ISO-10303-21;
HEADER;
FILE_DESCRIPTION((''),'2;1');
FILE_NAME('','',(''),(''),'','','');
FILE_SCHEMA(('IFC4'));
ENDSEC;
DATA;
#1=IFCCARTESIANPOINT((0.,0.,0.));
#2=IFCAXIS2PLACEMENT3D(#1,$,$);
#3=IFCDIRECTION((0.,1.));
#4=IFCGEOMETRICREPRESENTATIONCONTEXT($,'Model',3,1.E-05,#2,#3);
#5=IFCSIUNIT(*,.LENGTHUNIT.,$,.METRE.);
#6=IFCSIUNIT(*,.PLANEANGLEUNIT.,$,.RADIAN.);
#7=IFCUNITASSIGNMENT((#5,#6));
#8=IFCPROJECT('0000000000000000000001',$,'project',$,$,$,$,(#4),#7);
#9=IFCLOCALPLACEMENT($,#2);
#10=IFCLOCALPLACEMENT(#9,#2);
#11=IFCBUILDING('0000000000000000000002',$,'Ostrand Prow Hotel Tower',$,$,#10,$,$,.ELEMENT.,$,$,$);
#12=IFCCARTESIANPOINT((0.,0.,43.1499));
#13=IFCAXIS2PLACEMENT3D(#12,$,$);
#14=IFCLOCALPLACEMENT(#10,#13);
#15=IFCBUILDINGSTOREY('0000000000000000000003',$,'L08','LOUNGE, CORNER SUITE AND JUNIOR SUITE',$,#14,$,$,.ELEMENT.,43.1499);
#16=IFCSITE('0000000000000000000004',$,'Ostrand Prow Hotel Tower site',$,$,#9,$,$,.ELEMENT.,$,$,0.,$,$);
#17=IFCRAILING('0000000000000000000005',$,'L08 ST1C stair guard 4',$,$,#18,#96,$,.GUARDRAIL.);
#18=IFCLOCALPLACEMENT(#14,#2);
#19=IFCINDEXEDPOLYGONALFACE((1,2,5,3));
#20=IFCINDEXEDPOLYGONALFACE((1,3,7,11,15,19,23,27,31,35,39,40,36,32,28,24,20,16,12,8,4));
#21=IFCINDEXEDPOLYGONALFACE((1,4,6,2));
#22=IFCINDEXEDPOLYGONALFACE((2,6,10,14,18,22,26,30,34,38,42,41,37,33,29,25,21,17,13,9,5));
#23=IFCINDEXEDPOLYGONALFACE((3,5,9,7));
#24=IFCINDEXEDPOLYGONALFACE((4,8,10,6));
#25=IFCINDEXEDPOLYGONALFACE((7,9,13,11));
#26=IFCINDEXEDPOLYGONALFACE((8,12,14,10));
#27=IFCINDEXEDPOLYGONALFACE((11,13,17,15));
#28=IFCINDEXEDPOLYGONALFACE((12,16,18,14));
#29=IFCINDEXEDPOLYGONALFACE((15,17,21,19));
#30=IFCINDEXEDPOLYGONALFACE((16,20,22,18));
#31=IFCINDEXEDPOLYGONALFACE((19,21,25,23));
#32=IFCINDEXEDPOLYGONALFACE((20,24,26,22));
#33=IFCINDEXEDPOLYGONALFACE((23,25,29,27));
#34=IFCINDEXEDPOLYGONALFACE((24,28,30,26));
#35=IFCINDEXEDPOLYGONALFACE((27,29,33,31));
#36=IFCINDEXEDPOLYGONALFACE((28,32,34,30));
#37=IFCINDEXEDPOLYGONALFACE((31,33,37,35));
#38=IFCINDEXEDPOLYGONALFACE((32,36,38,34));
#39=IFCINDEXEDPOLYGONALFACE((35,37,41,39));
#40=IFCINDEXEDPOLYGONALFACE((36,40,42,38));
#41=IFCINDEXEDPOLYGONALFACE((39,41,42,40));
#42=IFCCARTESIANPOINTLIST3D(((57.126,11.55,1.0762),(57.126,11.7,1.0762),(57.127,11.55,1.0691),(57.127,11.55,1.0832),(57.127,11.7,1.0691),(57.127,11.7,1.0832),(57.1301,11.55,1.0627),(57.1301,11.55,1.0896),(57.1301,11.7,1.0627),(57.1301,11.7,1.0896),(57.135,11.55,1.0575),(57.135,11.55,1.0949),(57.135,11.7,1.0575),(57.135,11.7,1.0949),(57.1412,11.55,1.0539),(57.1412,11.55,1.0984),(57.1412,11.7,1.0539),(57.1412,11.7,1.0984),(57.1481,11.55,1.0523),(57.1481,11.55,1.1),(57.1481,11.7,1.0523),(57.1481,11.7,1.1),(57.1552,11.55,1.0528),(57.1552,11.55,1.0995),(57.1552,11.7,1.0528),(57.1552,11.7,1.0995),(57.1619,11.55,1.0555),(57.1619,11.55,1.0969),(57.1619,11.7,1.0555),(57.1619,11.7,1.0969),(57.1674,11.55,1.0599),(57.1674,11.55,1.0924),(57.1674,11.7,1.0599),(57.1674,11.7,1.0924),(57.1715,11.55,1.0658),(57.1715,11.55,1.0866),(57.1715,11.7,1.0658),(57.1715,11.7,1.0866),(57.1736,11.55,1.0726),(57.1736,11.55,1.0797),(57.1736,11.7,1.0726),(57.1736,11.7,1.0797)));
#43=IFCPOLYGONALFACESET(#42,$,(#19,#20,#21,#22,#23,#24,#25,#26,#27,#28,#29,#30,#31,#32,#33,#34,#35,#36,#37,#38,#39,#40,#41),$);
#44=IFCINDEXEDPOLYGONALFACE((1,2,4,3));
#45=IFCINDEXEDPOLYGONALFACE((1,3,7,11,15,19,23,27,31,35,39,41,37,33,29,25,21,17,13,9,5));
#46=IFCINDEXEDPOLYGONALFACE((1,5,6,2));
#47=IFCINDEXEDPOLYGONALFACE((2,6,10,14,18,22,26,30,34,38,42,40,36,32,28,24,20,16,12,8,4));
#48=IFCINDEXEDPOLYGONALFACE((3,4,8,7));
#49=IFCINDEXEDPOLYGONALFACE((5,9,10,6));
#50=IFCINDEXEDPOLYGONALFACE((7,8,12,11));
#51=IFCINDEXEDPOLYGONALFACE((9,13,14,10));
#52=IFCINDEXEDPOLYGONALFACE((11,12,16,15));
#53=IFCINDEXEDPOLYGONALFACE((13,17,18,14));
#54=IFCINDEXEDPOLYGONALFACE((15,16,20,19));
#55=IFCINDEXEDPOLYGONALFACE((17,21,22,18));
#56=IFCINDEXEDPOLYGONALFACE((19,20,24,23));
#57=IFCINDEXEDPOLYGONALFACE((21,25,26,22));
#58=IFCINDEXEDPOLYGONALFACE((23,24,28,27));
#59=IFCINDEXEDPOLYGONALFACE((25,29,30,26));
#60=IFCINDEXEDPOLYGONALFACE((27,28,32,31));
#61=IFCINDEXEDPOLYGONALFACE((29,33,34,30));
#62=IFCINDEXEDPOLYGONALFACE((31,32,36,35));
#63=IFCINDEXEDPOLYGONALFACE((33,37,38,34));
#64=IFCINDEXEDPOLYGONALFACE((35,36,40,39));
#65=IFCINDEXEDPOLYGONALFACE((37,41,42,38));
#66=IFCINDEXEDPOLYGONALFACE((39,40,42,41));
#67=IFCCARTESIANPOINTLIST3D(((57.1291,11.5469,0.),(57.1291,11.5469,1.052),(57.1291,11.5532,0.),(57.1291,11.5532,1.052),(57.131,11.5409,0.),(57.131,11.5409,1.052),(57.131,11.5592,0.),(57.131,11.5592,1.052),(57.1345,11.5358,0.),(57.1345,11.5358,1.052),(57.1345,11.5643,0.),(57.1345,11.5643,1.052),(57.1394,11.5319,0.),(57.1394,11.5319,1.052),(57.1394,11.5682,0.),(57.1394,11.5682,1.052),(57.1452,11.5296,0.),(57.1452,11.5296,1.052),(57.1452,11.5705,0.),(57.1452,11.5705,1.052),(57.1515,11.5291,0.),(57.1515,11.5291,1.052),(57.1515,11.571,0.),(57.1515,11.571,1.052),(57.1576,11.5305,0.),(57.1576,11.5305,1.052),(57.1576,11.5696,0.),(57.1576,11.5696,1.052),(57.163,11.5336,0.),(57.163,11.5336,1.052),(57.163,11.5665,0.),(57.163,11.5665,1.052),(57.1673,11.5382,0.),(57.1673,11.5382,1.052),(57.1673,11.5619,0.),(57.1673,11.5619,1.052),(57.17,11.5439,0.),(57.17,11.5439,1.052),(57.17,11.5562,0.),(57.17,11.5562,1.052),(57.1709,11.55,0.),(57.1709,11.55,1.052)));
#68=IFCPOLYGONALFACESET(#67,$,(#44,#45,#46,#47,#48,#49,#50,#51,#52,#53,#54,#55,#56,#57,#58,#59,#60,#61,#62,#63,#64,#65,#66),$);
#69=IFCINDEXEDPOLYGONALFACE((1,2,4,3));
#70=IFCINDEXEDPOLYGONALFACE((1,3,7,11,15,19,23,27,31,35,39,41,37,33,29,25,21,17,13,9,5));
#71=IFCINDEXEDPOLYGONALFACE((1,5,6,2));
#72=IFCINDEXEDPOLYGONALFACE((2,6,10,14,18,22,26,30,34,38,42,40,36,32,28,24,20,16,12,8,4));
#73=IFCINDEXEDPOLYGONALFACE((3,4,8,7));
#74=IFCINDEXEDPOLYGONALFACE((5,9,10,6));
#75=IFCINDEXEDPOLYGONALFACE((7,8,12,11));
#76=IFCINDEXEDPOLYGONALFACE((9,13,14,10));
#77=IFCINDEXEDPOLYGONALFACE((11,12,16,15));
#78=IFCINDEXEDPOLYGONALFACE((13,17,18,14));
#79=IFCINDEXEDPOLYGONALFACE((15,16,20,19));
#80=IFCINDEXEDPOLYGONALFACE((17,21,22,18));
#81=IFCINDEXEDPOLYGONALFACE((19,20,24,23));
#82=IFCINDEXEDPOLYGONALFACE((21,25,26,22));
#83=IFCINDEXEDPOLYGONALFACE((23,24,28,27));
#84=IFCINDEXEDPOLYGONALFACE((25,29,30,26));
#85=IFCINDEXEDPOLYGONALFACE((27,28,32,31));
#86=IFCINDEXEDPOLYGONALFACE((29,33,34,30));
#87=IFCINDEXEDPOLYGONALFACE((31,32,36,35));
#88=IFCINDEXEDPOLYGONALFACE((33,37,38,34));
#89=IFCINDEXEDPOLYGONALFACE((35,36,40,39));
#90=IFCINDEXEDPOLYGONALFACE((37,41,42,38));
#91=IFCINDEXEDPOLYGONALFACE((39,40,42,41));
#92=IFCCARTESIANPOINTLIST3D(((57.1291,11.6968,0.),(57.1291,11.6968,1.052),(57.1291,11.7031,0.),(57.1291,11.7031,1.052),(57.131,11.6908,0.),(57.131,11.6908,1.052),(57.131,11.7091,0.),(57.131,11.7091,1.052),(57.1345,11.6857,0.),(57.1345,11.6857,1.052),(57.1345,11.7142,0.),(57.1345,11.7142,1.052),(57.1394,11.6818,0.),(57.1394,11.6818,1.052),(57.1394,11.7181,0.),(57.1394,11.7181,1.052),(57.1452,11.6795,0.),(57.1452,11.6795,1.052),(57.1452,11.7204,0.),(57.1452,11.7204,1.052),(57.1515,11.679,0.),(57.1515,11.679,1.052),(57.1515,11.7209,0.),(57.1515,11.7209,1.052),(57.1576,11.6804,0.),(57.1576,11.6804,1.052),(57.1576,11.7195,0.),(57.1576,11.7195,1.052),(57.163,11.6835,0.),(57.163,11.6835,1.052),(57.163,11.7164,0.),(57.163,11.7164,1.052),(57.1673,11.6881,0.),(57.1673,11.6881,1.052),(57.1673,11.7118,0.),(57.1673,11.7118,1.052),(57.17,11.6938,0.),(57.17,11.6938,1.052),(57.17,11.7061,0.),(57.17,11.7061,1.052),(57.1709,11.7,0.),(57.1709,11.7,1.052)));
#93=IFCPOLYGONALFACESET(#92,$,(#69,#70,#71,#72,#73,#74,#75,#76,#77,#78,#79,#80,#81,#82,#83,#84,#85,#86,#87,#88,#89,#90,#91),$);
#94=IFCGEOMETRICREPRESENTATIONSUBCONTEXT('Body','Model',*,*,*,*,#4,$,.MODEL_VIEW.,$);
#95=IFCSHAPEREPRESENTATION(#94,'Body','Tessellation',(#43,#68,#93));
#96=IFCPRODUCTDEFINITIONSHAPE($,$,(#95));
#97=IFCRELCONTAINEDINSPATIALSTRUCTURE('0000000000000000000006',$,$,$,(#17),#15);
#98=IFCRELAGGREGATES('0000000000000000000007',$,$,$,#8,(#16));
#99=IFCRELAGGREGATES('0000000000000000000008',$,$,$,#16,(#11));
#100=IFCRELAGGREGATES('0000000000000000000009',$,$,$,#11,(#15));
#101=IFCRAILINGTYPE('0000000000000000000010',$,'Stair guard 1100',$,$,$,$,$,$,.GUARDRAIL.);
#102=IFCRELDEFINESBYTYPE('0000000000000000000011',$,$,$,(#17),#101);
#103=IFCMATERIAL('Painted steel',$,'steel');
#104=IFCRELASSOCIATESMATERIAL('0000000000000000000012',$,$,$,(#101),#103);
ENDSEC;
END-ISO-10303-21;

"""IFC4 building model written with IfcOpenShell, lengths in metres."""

from ifc_helpers import new_model, si_unit, direction, frame, origin, origin_2d, place, context, subcontext, project, spatial, circle, extrude, material, type_object, element, save


model = new_model("IFC4")

# Units and contexts
model_context = context("Model", 3, precision=1e-05, world=origin(), true_north=direction((0.0, 1.0)))
body_context = subcontext(model_context, "Body", "Model", "MODEL_VIEW")
ifc_project = project(units=[si_unit("LENGTHUNIT", "METRE"), si_unit("PLANEANGLEUNIT", "RADIAN")], contexts=[model_context])

# Site, building, storey
site_placement = place(None, origin())
site = spatial("IfcSite", under=ifc_project, at=site_placement, Name="Ostrand Prow Hotel Tower site", CompositionType="ELEMENT", RefElevation=0.0)
building_placement = place(site_placement, origin())
building = spatial("IfcBuilding", under=site, at=building_placement, Name="Ostrand Prow Hotel Tower", CompositionType="ELEMENT")
storey_placement = place(building_placement, frame((0.0, 0.0, 43.1499)))
storey = spatial("IfcBuildingStorey", under=building, at=storey_placement, Name="L08", Description="LOUNGE, CORNER SUITE AND JUNIOR SUITE", CompositionType="ELEMENT", Elevation=43.1499)

# Railing
ifc_material_1 = material(Name="Painted steel", Category="steel")
railing_type_1 = type_object("IfcRailingType", Name="Stair guard 1100", PredefinedType="GUARDRAIL", material=ifc_material_1)
railing_1_placement = place(storey_placement, frame((57.1499, 11.55, 0.0)))
element("IfcRailing", 1, at=railing_1_placement, inside=storey, type_object=railing_type_1, Name="L08 ST1C stair guard 4", PredefinedType="GUARDRAIL", context=body_context, shape_type="SweptSolid", body=[
    extrude(circle(Radius=0.0239, at=origin_2d()), frame((0.0, 0.0, 1.0762), z_axis=(0.0, 1.0, 0.0), x_axis=(-1.0, 0.0, 0.0)), (0.0, 0.0, 1.0), 0.1499),
    extrude(circle(Radius=0.021, at=origin_2d()), origin(), (0.0, 0.0, 1.0), 1.052),
    extrude(circle(Radius=0.021, at=origin_2d()), frame((0.0, 0.1499, 0.0)), (0.0, 0.0, 1.0), 1.052),
])

save(model, "model.ifc")
